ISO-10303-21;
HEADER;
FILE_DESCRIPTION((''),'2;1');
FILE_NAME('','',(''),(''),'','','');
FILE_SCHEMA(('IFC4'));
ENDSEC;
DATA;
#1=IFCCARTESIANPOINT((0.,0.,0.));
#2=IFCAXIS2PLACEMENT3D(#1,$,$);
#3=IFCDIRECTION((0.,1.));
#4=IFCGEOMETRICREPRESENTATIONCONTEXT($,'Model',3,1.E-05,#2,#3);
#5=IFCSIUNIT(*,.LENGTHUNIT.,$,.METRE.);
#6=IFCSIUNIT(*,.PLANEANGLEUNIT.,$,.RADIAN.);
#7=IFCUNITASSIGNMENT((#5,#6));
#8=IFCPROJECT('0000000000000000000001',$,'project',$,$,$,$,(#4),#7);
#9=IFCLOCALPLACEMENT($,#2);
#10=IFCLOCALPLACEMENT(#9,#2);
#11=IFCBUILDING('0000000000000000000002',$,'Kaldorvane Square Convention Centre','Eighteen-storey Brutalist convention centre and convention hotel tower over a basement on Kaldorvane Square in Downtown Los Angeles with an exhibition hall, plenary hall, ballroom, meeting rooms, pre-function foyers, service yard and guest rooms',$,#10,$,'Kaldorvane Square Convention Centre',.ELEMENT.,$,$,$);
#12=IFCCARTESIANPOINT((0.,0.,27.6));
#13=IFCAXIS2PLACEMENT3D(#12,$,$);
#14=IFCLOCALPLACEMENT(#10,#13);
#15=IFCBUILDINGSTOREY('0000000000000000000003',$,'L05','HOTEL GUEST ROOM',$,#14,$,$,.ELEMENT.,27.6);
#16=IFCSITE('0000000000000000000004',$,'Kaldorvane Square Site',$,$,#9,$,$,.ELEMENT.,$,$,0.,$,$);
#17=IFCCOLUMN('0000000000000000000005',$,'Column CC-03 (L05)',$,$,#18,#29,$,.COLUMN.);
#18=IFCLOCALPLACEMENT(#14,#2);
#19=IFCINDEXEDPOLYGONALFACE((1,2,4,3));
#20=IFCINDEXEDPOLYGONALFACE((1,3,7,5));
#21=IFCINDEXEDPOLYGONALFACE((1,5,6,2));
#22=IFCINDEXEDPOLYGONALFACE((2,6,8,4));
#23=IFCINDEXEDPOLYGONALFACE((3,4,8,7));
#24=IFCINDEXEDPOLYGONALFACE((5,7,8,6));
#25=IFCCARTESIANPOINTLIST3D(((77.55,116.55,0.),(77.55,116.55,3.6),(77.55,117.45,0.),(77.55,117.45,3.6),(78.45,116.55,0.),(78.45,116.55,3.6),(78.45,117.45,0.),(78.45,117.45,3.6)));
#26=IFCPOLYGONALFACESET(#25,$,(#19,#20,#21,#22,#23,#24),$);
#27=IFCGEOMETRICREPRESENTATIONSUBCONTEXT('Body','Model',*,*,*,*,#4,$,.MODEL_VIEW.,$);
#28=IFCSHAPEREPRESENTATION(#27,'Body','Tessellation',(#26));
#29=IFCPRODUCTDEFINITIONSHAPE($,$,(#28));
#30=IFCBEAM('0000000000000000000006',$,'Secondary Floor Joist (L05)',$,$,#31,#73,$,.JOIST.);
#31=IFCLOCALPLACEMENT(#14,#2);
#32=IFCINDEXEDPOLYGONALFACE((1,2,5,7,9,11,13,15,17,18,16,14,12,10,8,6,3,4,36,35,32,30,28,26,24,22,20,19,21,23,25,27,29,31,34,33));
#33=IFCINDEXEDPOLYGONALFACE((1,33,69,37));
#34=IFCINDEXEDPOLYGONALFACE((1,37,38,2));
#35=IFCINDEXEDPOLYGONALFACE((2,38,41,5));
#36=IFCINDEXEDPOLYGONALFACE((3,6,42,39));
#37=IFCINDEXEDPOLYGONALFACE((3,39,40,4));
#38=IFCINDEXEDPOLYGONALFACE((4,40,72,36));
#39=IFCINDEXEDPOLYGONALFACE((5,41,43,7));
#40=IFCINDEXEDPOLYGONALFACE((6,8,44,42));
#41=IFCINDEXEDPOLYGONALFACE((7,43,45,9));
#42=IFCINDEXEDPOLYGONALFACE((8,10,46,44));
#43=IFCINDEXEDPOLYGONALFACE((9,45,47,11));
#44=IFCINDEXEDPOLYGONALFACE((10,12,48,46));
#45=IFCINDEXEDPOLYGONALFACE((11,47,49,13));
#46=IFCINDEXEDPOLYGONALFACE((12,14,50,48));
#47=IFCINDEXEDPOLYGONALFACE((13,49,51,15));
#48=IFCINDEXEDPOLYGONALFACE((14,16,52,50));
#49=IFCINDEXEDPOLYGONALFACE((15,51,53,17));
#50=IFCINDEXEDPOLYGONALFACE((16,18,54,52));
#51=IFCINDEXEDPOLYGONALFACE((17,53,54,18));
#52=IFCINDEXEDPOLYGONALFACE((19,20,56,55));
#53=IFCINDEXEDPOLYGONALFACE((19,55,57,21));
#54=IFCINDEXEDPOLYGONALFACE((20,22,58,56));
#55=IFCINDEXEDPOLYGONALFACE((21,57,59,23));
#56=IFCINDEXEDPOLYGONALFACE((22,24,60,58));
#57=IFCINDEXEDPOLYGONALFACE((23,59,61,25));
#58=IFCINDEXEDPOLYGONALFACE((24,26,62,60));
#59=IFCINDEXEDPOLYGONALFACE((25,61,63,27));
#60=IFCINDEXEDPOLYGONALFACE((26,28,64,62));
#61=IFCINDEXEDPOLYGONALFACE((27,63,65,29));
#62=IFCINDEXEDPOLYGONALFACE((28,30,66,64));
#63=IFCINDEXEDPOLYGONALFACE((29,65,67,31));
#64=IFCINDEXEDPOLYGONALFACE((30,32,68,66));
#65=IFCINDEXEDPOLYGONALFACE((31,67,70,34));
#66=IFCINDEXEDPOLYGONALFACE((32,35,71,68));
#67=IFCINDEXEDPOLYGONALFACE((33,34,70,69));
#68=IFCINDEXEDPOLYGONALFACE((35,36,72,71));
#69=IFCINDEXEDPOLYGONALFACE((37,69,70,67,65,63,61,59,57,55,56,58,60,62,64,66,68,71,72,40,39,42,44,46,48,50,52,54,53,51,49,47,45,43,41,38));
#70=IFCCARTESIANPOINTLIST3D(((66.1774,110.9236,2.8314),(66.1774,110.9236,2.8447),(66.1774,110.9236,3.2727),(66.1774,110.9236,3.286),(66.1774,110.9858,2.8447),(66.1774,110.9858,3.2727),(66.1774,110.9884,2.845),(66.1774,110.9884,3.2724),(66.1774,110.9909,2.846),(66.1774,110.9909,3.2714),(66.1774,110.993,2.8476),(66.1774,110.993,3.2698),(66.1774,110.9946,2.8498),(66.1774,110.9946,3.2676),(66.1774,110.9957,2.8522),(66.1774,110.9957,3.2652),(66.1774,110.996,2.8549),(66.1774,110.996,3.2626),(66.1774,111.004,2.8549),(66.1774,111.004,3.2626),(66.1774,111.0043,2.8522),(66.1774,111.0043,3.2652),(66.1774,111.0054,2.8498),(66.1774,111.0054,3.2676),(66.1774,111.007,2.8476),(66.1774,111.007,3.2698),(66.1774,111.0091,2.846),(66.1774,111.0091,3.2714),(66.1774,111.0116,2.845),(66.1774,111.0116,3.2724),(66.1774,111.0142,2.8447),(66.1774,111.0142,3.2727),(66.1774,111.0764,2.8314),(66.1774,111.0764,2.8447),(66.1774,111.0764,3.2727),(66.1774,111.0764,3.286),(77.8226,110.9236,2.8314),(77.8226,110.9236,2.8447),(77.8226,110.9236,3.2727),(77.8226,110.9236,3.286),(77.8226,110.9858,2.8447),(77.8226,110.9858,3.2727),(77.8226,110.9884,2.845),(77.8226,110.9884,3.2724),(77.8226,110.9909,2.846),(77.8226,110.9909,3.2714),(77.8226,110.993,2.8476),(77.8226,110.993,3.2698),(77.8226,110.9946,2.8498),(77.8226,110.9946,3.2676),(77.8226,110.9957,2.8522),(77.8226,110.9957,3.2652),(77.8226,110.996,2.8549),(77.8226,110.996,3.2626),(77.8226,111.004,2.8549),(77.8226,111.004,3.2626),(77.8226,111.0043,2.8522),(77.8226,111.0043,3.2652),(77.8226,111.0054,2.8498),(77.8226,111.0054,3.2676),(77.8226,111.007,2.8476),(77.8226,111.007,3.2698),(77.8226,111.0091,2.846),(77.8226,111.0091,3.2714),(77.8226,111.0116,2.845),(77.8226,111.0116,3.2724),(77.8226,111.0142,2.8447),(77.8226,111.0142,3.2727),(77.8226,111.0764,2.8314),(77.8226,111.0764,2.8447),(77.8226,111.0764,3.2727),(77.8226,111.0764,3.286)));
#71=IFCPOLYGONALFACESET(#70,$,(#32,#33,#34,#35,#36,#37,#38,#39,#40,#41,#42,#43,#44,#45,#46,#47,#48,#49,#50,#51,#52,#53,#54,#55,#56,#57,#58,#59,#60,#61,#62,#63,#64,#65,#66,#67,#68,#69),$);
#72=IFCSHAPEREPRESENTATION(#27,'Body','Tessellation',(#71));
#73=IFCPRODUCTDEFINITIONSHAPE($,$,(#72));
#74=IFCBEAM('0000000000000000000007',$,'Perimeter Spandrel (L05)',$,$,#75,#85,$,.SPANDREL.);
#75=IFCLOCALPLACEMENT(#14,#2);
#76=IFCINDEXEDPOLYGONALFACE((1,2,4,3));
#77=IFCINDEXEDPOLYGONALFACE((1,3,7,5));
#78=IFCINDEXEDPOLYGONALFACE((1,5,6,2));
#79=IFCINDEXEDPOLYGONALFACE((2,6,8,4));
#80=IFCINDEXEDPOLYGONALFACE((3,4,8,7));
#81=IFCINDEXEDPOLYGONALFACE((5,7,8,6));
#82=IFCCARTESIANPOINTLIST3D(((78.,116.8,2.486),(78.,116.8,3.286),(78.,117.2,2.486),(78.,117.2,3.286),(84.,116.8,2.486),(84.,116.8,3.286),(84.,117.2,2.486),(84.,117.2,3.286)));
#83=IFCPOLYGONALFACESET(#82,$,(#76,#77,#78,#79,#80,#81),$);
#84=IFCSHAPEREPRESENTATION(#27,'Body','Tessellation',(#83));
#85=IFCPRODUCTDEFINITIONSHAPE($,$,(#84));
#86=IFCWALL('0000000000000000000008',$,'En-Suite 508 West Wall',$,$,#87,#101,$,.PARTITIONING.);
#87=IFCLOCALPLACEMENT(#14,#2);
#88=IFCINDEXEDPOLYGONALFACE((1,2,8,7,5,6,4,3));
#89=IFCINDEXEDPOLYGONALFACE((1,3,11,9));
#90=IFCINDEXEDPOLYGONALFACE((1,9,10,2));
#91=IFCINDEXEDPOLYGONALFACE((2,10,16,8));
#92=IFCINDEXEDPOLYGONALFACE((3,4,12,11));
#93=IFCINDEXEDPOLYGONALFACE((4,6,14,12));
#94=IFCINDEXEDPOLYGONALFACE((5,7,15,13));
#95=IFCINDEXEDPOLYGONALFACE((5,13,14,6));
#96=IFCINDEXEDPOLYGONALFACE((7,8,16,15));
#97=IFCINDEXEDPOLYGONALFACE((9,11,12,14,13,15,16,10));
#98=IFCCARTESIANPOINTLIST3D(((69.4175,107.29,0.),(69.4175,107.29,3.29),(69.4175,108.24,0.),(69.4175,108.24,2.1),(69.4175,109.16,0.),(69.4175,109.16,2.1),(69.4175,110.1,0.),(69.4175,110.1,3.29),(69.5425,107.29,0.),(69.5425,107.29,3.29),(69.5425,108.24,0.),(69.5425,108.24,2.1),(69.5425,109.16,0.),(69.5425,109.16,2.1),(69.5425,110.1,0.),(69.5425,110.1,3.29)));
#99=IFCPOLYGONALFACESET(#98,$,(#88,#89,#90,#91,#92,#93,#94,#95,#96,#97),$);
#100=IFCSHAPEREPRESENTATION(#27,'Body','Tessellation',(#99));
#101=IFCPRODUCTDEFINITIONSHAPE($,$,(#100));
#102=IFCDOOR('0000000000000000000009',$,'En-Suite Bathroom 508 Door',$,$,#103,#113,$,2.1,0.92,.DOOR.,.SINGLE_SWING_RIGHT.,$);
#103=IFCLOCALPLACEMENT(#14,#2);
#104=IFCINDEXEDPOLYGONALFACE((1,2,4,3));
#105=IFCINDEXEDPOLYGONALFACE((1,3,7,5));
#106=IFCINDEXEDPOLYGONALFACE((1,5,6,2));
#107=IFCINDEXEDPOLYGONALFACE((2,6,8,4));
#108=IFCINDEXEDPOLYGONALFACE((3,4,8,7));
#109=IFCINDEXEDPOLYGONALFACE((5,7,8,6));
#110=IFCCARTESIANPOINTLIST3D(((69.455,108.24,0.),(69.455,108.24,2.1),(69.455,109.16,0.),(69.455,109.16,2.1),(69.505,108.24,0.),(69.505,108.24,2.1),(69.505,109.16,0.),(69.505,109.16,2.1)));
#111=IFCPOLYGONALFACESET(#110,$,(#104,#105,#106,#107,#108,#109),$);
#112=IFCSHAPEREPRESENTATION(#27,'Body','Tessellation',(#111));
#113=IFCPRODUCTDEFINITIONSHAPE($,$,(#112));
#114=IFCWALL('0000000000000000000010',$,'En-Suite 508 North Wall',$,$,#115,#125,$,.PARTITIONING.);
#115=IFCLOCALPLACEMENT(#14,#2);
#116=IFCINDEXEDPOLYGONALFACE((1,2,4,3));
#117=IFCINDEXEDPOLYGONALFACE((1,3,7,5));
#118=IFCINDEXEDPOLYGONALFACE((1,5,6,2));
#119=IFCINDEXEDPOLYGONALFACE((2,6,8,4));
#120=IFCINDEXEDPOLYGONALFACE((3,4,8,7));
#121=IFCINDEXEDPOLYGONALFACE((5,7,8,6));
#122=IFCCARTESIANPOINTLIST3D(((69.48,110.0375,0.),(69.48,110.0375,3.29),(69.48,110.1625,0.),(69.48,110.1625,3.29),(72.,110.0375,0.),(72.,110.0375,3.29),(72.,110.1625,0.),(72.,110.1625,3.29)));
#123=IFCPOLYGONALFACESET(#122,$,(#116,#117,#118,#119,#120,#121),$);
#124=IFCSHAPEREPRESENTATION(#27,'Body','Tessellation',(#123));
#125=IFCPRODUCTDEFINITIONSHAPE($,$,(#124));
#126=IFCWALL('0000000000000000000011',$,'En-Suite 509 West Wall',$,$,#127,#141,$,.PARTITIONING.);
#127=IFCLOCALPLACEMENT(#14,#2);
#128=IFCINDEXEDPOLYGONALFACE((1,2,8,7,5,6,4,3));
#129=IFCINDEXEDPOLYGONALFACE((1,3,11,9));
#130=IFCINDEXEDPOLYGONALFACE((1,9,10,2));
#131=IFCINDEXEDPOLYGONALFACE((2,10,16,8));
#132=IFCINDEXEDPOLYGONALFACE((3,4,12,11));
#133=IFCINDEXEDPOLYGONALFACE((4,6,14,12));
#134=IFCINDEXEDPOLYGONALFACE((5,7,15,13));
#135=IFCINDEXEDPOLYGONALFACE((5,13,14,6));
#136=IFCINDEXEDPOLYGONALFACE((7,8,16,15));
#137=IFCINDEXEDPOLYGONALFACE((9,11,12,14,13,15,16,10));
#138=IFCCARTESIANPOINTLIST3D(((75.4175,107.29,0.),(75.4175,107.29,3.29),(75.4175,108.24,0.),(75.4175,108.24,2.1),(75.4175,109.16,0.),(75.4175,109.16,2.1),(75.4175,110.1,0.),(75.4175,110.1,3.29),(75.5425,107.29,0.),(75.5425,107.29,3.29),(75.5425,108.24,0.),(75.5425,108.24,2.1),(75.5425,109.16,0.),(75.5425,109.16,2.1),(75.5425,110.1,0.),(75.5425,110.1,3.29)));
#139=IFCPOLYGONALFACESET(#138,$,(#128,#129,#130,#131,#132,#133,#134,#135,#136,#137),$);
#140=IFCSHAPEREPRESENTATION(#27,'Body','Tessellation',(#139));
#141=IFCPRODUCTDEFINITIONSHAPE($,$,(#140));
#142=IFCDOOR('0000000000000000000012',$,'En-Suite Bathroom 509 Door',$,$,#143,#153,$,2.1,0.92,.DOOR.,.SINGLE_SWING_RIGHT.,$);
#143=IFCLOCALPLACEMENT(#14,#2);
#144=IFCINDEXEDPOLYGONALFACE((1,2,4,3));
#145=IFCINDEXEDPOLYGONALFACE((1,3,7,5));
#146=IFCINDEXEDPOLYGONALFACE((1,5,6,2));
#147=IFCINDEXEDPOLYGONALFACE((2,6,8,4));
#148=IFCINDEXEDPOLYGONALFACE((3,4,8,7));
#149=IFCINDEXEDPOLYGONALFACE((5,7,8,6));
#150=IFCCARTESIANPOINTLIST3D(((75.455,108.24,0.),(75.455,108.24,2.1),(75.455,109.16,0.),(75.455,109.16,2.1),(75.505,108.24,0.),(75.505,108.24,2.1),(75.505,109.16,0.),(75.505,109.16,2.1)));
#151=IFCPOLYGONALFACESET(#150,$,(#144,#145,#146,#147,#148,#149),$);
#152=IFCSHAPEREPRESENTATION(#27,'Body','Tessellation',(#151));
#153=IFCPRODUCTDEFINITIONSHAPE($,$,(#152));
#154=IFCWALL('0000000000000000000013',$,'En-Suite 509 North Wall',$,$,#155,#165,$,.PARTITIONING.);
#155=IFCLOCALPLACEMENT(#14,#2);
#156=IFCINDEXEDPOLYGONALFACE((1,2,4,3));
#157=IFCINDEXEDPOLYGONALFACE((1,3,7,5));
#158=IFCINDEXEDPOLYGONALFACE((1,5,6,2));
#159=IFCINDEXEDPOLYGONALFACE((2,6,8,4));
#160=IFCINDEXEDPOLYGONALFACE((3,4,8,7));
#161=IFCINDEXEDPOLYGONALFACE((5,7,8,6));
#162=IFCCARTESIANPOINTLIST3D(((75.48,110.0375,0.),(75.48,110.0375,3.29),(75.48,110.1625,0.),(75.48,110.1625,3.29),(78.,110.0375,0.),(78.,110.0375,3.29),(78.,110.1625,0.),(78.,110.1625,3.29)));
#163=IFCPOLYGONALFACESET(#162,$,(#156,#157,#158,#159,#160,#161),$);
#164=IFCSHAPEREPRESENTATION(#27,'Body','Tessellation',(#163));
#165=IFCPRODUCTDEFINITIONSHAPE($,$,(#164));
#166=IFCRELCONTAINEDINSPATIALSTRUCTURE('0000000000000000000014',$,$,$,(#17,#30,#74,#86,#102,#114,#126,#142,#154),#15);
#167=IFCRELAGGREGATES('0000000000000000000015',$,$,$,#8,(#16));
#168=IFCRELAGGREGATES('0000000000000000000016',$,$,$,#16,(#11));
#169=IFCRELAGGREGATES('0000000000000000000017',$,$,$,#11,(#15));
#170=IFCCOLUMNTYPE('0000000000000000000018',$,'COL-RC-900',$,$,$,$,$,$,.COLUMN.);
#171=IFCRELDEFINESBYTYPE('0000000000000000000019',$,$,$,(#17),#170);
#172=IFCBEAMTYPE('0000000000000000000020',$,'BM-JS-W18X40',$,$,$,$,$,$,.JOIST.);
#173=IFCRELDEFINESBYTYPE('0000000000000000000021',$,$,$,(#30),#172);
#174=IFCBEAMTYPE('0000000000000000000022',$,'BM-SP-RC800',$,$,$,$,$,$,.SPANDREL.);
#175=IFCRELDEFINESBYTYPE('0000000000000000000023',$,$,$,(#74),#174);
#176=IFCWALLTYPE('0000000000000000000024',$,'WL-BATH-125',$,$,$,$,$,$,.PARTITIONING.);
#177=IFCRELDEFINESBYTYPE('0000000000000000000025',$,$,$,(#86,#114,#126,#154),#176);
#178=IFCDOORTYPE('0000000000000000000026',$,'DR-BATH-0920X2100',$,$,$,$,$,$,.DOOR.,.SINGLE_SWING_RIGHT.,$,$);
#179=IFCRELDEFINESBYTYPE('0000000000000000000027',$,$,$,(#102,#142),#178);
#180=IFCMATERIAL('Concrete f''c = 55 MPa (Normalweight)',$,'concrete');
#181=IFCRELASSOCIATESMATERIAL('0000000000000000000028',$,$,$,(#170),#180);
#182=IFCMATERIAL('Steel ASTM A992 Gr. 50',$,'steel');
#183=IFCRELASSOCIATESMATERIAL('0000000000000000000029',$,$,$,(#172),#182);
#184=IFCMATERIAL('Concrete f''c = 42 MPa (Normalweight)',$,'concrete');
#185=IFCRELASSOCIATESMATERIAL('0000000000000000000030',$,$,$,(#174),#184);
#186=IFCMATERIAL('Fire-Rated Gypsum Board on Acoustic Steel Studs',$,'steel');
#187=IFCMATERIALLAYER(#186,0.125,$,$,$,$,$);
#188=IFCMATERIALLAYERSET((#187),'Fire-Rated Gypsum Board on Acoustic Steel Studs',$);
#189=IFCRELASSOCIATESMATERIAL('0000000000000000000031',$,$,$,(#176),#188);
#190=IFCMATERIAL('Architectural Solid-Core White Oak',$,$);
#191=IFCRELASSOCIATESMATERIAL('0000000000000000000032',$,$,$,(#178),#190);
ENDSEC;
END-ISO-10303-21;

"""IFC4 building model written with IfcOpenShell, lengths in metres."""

from ifc_helpers import new_model, si_unit, direction, frame, frame_2d, origin, origin_2d, place, context, subcontext, project, spatial, rectangle, i_section, extrude, material, layer, layer_set, material_profile, profile_set, type_object, element, fill, save


model = new_model("IFC4")

# Units and contexts
model_context = context("Model", 3, precision=1e-05, world=origin(), true_north=direction((0.0, 1.0)))
body_context = subcontext(model_context, "Body", "Model", "MODEL_VIEW")
ifc_project = project(units=[si_unit("LENGTHUNIT", "METRE"), si_unit("PLANEANGLEUNIT", "RADIAN")], contexts=[model_context])

# Site, building, storey
site_placement = place(None, origin())
site = spatial("IfcSite", under=ifc_project, at=site_placement, Name="Kaldorvane Square Site", CompositionType="ELEMENT", RefElevation=0.0)
building_placement = place(site_placement, origin())
building = spatial("IfcBuilding", under=site, at=building_placement, Name="Kaldorvane Square Convention Centre", Description="Eighteen-storey Brutalist convention centre and convention hotel tower over a basement on Kaldorvane Square in Downtown Los Angeles with an exhibition hall, plenary hall, ballroom, meeting rooms, pre-function foyers, service yard and guest rooms", LongName="Kaldorvane Square Convention Centre", CompositionType="ELEMENT")
storey_placement = place(building_placement, frame((0.0, 0.0, 27.6)))
storey = spatial("IfcBuildingStorey", under=building, at=storey_placement, Name="L05", Description="HOTEL GUEST ROOM", CompositionType="ELEMENT", Elevation=27.6)

# Column
ifc_material_1 = material(Name="Concrete f'c = 55 MPa (Normalweight)", Category="concrete")
ifc_material_profile_1 = material_profile(ifc_material_1, rectangle(XDim=0.9, YDim=0.9, at=origin_2d()), Name="RC900X900")
ifc_profile_set_1 = profile_set([ifc_material_profile_1], Name="Concrete f'c = 55 MPa (Normalweight)")
column_type = type_object("IfcColumnType", Name="COL-RC-900", PredefinedType="COLUMN", material=ifc_profile_set_1)
column_placement = place(storey_placement, frame((78.0, 117.0, 0.0), z_axis=(0.0, 0.0, 1.0), x_axis=(1.0, 0.0, 0.0)))
element("IfcColumn", 1, at=column_placement, inside=storey, type_object=column_type, Name="Column CC-03 (L05)", PredefinedType="COLUMN", context=body_context, shape_type="SweptSolid", body=[
    extrude(rectangle(XDim=0.9, YDim=0.9, at=origin_2d()), origin(), (0.0, 0.0, 1.0), 3.6),
])

# Beams
ifc_material_2 = material(Name="Steel ASTM A992 Gr. 50", Category="steel")
ifc_material_profile_2 = material_profile(ifc_material_2, i_section(OverallWidth=0.1528, OverallDepth=0.4547, WebThickness=0.008, FlangeThickness=0.0133, FilletRadius=0.0102, at=origin_2d()), Name="W18X40")
ifc_profile_set_2 = profile_set([ifc_material_profile_2], Name="Steel ASTM A992 Gr. 50")
beam_type_1 = type_object("IfcBeamType", Name="BM-JS-W18X40", PredefinedType="JOIST", material=ifc_profile_set_2)
beam_1_placement = place(storey_placement, frame((66.1774, 111.0, 3.0587), z_axis=(1.0, 0.0, 0.0), x_axis=(0.0, 1.0, 0.0)))
element("IfcBeam", 2, at=beam_1_placement, inside=storey, type_object=beam_type_1, Name="Secondary Floor Joist (L05)", PredefinedType="JOIST", context=body_context, shape_type="SweptSolid", body=[
    extrude(i_section(OverallWidth=0.1528, OverallDepth=0.4547, WebThickness=0.008, FlangeThickness=0.0133, FilletRadius=0.0102, at=origin_2d()), origin(), (0.0, 0.0, 1.0), 11.6452),
])
ifc_material_3 = material(Name="Concrete f'c = 42 MPa (Normalweight)", Category="concrete")
ifc_material_profile_3 = material_profile(ifc_material_3, rectangle(XDim=0.4, YDim=0.8, at=origin_2d()), Name="RCSP800X400")
ifc_profile_set_3 = profile_set([ifc_material_profile_3], Name="Concrete f'c = 42 MPa (Normalweight)")
beam_type_2 = type_object("IfcBeamType", Name="BM-SP-RC800", PredefinedType="SPANDREL", material=ifc_profile_set_3)
beam_2_placement = place(storey_placement, frame((78.0, 117.0, 2.886), z_axis=(1.0, 0.0, 0.0), x_axis=(0.0, 1.0, 0.0)))
element("IfcBeam", 3, at=beam_2_placement, inside=storey, type_object=beam_type_2, Name="Perimeter Spandrel (L05)", PredefinedType="SPANDREL", context=body_context, shape_type="SweptSolid", body=[
    extrude(rectangle(XDim=0.4, YDim=0.8, at=origin_2d()), origin(), (0.0, 0.0, 1.0), 6.0),
])

# Wall, opening, door
ifc_material_4 = material(Name="Fire-Rated Gypsum Board on Acoustic Steel Studs", Category="steel")
ifc_layer_1 = layer(ifc_material_4, 0.125)
ifc_layer_set_1 = layer_set([ifc_layer_1], Name="Fire-Rated Gypsum Board on Acoustic Steel Studs")
wall_type_1 = type_object("IfcWallType", Name="WL-BATH-125", PredefinedType="PARTITIONING", material=ifc_layer_set_1)
wall_1_placement = place(storey_placement, frame((69.48, 107.29, 0.0), z_axis=(0.0, 0.0, 1.0), x_axis=(0.0, 1.0, 0.0)))
wall_1 = element("IfcWall", 4, at=wall_1_placement, inside=storey, type_object=wall_type_1, Name="En-Suite 508 West Wall", PredefinedType="PARTITIONING", context=body_context, shape_type="SweptSolid", body=[
    extrude(rectangle(XDim=2.81, YDim=0.125, at=frame_2d((1.405, 0.0))), origin(), (0.0, 0.0, 1.0), 3.29),
])
opening_1_placement = place(wall_1_placement, frame((0.95, 0.0, 0.0)))
opening_1 = element("IfcOpeningElement", 5, at=opening_1_placement, cuts=wall_1, PredefinedType="OPENING", context=body_context, shape_type="SweptSolid", body=[
    extrude(rectangle(XDim=0.92, YDim=2.1, at=frame_2d((0.46, 1.05))), frame((0.0, 0.0775, 0.0), z_axis=(0.0, -1.0, 0.0), x_axis=(1.0, 0.0, 0.0)), (0.0, 0.0, 1.0), 0.155),
])
ifc_material_5 = material(Name="Architectural Solid-Core White Oak")
door_type_1 = type_object("IfcDoorType", Name="DR-BATH-0920X2100", OperationType="SINGLE_SWING_RIGHT", PredefinedType="DOOR", material=ifc_material_5)
door_1_placement = place(opening_1_placement, origin())
door_1 = element("IfcDoor", 6, at=door_1_placement, inside=storey, type_object=door_type_1, Name="En-Suite Bathroom 508 Door", OperationType="SINGLE_SWING_RIGHT", OverallHeight=2.1, OverallWidth=0.92, PredefinedType="DOOR", context=body_context, shape_type="SweptSolid", body=[
    extrude(rectangle(XDim=0.92, YDim=2.1, at=frame_2d((0.46, 1.05))), frame((0.0, 0.025, 0.0), z_axis=(0.0, -1.0, 0.0), x_axis=(1.0, 0.0, 0.0)), (0.0, 0.0, 1.0), 0.05),
])
fill(opening_1, door_1)

# Wall
wall_2_placement = place(storey_placement, frame((69.48, 110.1, 0.0), z_axis=(0.0, 0.0, 1.0), x_axis=(1.0, 0.0, 0.0)))
element("IfcWall", 7, at=wall_2_placement, inside=storey, type_object=wall_type_1, Name="En-Suite 508 North Wall", PredefinedType="PARTITIONING", context=body_context, shape_type="SweptSolid", body=[
    extrude(rectangle(XDim=2.52, YDim=0.125, at=frame_2d((1.26, 0.0))), origin(), (0.0, 0.0, 1.0), 3.29),
])

# Wall, opening, door
wall_3_placement = place(storey_placement, frame((75.48, 107.29, 0.0), z_axis=(0.0, 0.0, 1.0), x_axis=(0.0, 1.0, 0.0)))
wall_3 = element("IfcWall", 8, at=wall_3_placement, inside=storey, type_object=wall_type_1, Name="En-Suite 509 West Wall", PredefinedType="PARTITIONING", context=body_context, shape_type="SweptSolid", body=[
    extrude(rectangle(XDim=2.81, YDim=0.125, at=frame_2d((1.405, 0.0))), origin(), (0.0, 0.0, 1.0), 3.29),
])
opening_2_placement = place(wall_3_placement, frame((0.95, 0.0, 0.0)))
opening_2 = element("IfcOpeningElement", 9, at=opening_2_placement, cuts=wall_3, PredefinedType="OPENING", context=body_context, shape_type="SweptSolid", body=[
    extrude(rectangle(XDim=0.92, YDim=2.1, at=frame_2d((0.46, 1.05))), frame((0.0, 0.0775, 0.0), z_axis=(0.0, -1.0, 0.0), x_axis=(1.0, 0.0, 0.0)), (0.0, 0.0, 1.0), 0.155),
])
door_2_placement = place(opening_2_placement, origin())
door_2 = element("IfcDoor", 10, at=door_2_placement, inside=storey, type_object=door_type_1, Name="En-Suite Bathroom 509 Door", OperationType="SINGLE_SWING_RIGHT", OverallHeight=2.1, OverallWidth=0.92, PredefinedType="DOOR", context=body_context, shape_type="SweptSolid", body=[
    extrude(rectangle(XDim=0.92, YDim=2.1, at=frame_2d((0.46, 1.05))), frame((0.0, 0.025, 0.0), z_axis=(0.0, -1.0, 0.0), x_axis=(1.0, 0.0, 0.0)), (0.0, 0.0, 1.0), 0.05),
])
fill(opening_2, door_2)

# Wall
wall_4_placement = place(storey_placement, frame((75.48, 110.1, 0.0), z_axis=(0.0, 0.0, 1.0), x_axis=(1.0, 0.0, 0.0)))
element("IfcWall", 11, at=wall_4_placement, inside=storey, type_object=wall_type_1, Name="En-Suite 509 North Wall", PredefinedType="PARTITIONING", context=body_context, shape_type="SweptSolid", body=[
    extrude(rectangle(XDim=2.52, YDim=0.125, at=frame_2d((1.26, 0.0))), origin(), (0.0, 0.0, 1.0), 3.29),
])

save(model, "model.ifc")
